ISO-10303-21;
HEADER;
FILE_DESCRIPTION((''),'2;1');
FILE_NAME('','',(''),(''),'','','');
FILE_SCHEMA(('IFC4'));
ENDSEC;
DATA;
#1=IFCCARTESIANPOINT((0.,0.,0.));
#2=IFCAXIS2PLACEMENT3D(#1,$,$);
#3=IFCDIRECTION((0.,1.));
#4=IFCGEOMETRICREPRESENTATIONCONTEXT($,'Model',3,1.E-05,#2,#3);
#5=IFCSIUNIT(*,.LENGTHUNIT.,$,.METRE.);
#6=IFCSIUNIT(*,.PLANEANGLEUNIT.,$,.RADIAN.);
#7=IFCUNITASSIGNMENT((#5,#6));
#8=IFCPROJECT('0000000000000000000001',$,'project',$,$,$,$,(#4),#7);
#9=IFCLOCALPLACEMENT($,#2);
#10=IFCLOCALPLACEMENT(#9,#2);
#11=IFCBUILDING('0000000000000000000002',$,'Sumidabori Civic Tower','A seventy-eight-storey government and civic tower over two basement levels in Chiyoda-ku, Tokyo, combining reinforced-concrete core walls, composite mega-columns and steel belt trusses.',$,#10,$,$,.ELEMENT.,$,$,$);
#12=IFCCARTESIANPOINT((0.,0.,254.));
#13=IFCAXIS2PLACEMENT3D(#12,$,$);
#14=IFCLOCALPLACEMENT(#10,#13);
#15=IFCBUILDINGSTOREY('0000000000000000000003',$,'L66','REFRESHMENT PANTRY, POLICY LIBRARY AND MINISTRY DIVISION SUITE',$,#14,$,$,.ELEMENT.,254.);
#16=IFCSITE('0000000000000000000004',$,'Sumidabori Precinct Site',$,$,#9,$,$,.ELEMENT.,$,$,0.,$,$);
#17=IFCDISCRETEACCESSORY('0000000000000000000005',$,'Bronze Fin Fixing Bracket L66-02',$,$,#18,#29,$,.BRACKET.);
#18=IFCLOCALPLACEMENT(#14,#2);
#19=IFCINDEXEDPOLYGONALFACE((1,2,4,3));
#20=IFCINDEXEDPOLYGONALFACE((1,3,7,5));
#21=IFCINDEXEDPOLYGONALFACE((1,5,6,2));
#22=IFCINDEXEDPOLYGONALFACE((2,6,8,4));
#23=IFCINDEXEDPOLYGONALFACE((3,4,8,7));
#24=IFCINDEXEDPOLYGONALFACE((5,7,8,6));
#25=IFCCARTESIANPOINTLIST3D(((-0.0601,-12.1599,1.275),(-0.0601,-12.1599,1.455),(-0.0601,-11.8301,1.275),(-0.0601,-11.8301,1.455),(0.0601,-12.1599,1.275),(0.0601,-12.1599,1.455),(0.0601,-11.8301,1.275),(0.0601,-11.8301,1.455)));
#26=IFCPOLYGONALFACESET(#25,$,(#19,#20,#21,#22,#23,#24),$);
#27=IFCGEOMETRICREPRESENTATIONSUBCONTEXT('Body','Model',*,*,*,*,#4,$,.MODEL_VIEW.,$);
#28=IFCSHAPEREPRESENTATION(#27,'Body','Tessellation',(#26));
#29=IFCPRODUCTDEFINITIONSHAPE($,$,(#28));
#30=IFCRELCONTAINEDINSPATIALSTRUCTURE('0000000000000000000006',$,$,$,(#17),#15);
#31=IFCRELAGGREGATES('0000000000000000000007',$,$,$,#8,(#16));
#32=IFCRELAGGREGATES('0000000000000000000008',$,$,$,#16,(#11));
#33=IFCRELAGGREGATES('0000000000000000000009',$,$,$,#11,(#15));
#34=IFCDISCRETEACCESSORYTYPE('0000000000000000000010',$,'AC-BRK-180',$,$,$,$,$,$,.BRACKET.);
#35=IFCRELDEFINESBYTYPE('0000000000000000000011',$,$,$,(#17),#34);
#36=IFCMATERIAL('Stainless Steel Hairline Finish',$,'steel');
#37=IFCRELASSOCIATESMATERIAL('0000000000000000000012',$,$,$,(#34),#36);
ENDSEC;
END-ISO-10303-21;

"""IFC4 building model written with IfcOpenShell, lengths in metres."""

from ifc_helpers import new_model, si_unit, direction, frame, origin, origin_2d, place, context, subcontext, project, spatial, rectangle, extrude, source, transform, mapped, material, material_profile, profile_set, type_object, element, save


model = new_model("IFC4")

# Units and contexts
model_context = context("Model", 3, precision=1e-05, world=origin(), true_north=direction((0.0, 1.0)))
body_context = subcontext(model_context, "Body", "Model", "MODEL_VIEW")
ifc_project = project(units=[si_unit("LENGTHUNIT", "METRE"), si_unit("PLANEANGLEUNIT", "RADIAN")], contexts=[model_context])

# Site, building, storey
site_placement = place(None, origin())
site = spatial("IfcSite", under=ifc_project, at=site_placement, Name="Sumidabori Precinct Site", CompositionType="ELEMENT", RefElevation=0.0)
building_placement = place(site_placement, origin())
building = spatial("IfcBuilding", under=site, at=building_placement, Name="Sumidabori Civic Tower", Description="A seventy-eight-storey government and civic tower over two basement levels in Chiyoda-ku, Tokyo, combining reinforced-concrete core walls, composite mega-columns and steel belt trusses.", CompositionType="ELEMENT")
storey_placement = place(building_placement, frame((0.0, 0.0, 254.0)))
storey = spatial("IfcBuildingStorey", under=building, at=storey_placement, Name="L66", Description="REFRESHMENT PANTRY, POLICY LIBRARY AND MINISTRY DIVISION SUITE", CompositionType="ELEMENT", Elevation=254.0)

# Discrete accessory
ifc_material_1 = material(Name="Stainless Steel Hairline Finish", Category="steel")
ifc_material_profile_1 = material_profile(ifc_material_1, rectangle(XDim=0.1201, YDim=0.1799, at=origin_2d()), Name="STEEL BRACKET 180x120")
ifc_profile_set_1 = profile_set([ifc_material_profile_1], Name="Stainless Steel Hairline Finish")
discrete_accessory_type = type_object("IfcDiscreteAccessoryType", Name="AC-BRK-180", PredefinedType="BRACKET", material=ifc_profile_set_1)
shared_shape_1 = source(origin(), body_context, "Body", "SweptSolid", [
    extrude(rectangle(XDim=0.1201, YDim=0.1799, at=origin_2d()), origin(), (0.0, 0.0, 1.0), 0.3298),
])
discrete_accessory_placement = place(storey_placement, frame((0.0, -11.8301, 1.365), z_axis=(0.0, -1.0, 0.0), x_axis=(1.0, 0.0, 0.0)))
element("IfcDiscreteAccessory", 1, at=discrete_accessory_placement, inside=storey, type_object=discrete_accessory_type, Name="Bronze Fin Fixing Bracket L66-02", PredefinedType="BRACKET", context=body_context, shape_type="MappedRepresentation", body=[
    mapped(shared_shape_1, transform((0.0, 0.0, 0.0), x_axis=(1.0, 0.0, 0.0), y_axis=(0.0, 1.0, 0.0), z_axis=(0.0, 0.0, 1.0), scale=1.0)),
])

save(model, "model.ifc")
